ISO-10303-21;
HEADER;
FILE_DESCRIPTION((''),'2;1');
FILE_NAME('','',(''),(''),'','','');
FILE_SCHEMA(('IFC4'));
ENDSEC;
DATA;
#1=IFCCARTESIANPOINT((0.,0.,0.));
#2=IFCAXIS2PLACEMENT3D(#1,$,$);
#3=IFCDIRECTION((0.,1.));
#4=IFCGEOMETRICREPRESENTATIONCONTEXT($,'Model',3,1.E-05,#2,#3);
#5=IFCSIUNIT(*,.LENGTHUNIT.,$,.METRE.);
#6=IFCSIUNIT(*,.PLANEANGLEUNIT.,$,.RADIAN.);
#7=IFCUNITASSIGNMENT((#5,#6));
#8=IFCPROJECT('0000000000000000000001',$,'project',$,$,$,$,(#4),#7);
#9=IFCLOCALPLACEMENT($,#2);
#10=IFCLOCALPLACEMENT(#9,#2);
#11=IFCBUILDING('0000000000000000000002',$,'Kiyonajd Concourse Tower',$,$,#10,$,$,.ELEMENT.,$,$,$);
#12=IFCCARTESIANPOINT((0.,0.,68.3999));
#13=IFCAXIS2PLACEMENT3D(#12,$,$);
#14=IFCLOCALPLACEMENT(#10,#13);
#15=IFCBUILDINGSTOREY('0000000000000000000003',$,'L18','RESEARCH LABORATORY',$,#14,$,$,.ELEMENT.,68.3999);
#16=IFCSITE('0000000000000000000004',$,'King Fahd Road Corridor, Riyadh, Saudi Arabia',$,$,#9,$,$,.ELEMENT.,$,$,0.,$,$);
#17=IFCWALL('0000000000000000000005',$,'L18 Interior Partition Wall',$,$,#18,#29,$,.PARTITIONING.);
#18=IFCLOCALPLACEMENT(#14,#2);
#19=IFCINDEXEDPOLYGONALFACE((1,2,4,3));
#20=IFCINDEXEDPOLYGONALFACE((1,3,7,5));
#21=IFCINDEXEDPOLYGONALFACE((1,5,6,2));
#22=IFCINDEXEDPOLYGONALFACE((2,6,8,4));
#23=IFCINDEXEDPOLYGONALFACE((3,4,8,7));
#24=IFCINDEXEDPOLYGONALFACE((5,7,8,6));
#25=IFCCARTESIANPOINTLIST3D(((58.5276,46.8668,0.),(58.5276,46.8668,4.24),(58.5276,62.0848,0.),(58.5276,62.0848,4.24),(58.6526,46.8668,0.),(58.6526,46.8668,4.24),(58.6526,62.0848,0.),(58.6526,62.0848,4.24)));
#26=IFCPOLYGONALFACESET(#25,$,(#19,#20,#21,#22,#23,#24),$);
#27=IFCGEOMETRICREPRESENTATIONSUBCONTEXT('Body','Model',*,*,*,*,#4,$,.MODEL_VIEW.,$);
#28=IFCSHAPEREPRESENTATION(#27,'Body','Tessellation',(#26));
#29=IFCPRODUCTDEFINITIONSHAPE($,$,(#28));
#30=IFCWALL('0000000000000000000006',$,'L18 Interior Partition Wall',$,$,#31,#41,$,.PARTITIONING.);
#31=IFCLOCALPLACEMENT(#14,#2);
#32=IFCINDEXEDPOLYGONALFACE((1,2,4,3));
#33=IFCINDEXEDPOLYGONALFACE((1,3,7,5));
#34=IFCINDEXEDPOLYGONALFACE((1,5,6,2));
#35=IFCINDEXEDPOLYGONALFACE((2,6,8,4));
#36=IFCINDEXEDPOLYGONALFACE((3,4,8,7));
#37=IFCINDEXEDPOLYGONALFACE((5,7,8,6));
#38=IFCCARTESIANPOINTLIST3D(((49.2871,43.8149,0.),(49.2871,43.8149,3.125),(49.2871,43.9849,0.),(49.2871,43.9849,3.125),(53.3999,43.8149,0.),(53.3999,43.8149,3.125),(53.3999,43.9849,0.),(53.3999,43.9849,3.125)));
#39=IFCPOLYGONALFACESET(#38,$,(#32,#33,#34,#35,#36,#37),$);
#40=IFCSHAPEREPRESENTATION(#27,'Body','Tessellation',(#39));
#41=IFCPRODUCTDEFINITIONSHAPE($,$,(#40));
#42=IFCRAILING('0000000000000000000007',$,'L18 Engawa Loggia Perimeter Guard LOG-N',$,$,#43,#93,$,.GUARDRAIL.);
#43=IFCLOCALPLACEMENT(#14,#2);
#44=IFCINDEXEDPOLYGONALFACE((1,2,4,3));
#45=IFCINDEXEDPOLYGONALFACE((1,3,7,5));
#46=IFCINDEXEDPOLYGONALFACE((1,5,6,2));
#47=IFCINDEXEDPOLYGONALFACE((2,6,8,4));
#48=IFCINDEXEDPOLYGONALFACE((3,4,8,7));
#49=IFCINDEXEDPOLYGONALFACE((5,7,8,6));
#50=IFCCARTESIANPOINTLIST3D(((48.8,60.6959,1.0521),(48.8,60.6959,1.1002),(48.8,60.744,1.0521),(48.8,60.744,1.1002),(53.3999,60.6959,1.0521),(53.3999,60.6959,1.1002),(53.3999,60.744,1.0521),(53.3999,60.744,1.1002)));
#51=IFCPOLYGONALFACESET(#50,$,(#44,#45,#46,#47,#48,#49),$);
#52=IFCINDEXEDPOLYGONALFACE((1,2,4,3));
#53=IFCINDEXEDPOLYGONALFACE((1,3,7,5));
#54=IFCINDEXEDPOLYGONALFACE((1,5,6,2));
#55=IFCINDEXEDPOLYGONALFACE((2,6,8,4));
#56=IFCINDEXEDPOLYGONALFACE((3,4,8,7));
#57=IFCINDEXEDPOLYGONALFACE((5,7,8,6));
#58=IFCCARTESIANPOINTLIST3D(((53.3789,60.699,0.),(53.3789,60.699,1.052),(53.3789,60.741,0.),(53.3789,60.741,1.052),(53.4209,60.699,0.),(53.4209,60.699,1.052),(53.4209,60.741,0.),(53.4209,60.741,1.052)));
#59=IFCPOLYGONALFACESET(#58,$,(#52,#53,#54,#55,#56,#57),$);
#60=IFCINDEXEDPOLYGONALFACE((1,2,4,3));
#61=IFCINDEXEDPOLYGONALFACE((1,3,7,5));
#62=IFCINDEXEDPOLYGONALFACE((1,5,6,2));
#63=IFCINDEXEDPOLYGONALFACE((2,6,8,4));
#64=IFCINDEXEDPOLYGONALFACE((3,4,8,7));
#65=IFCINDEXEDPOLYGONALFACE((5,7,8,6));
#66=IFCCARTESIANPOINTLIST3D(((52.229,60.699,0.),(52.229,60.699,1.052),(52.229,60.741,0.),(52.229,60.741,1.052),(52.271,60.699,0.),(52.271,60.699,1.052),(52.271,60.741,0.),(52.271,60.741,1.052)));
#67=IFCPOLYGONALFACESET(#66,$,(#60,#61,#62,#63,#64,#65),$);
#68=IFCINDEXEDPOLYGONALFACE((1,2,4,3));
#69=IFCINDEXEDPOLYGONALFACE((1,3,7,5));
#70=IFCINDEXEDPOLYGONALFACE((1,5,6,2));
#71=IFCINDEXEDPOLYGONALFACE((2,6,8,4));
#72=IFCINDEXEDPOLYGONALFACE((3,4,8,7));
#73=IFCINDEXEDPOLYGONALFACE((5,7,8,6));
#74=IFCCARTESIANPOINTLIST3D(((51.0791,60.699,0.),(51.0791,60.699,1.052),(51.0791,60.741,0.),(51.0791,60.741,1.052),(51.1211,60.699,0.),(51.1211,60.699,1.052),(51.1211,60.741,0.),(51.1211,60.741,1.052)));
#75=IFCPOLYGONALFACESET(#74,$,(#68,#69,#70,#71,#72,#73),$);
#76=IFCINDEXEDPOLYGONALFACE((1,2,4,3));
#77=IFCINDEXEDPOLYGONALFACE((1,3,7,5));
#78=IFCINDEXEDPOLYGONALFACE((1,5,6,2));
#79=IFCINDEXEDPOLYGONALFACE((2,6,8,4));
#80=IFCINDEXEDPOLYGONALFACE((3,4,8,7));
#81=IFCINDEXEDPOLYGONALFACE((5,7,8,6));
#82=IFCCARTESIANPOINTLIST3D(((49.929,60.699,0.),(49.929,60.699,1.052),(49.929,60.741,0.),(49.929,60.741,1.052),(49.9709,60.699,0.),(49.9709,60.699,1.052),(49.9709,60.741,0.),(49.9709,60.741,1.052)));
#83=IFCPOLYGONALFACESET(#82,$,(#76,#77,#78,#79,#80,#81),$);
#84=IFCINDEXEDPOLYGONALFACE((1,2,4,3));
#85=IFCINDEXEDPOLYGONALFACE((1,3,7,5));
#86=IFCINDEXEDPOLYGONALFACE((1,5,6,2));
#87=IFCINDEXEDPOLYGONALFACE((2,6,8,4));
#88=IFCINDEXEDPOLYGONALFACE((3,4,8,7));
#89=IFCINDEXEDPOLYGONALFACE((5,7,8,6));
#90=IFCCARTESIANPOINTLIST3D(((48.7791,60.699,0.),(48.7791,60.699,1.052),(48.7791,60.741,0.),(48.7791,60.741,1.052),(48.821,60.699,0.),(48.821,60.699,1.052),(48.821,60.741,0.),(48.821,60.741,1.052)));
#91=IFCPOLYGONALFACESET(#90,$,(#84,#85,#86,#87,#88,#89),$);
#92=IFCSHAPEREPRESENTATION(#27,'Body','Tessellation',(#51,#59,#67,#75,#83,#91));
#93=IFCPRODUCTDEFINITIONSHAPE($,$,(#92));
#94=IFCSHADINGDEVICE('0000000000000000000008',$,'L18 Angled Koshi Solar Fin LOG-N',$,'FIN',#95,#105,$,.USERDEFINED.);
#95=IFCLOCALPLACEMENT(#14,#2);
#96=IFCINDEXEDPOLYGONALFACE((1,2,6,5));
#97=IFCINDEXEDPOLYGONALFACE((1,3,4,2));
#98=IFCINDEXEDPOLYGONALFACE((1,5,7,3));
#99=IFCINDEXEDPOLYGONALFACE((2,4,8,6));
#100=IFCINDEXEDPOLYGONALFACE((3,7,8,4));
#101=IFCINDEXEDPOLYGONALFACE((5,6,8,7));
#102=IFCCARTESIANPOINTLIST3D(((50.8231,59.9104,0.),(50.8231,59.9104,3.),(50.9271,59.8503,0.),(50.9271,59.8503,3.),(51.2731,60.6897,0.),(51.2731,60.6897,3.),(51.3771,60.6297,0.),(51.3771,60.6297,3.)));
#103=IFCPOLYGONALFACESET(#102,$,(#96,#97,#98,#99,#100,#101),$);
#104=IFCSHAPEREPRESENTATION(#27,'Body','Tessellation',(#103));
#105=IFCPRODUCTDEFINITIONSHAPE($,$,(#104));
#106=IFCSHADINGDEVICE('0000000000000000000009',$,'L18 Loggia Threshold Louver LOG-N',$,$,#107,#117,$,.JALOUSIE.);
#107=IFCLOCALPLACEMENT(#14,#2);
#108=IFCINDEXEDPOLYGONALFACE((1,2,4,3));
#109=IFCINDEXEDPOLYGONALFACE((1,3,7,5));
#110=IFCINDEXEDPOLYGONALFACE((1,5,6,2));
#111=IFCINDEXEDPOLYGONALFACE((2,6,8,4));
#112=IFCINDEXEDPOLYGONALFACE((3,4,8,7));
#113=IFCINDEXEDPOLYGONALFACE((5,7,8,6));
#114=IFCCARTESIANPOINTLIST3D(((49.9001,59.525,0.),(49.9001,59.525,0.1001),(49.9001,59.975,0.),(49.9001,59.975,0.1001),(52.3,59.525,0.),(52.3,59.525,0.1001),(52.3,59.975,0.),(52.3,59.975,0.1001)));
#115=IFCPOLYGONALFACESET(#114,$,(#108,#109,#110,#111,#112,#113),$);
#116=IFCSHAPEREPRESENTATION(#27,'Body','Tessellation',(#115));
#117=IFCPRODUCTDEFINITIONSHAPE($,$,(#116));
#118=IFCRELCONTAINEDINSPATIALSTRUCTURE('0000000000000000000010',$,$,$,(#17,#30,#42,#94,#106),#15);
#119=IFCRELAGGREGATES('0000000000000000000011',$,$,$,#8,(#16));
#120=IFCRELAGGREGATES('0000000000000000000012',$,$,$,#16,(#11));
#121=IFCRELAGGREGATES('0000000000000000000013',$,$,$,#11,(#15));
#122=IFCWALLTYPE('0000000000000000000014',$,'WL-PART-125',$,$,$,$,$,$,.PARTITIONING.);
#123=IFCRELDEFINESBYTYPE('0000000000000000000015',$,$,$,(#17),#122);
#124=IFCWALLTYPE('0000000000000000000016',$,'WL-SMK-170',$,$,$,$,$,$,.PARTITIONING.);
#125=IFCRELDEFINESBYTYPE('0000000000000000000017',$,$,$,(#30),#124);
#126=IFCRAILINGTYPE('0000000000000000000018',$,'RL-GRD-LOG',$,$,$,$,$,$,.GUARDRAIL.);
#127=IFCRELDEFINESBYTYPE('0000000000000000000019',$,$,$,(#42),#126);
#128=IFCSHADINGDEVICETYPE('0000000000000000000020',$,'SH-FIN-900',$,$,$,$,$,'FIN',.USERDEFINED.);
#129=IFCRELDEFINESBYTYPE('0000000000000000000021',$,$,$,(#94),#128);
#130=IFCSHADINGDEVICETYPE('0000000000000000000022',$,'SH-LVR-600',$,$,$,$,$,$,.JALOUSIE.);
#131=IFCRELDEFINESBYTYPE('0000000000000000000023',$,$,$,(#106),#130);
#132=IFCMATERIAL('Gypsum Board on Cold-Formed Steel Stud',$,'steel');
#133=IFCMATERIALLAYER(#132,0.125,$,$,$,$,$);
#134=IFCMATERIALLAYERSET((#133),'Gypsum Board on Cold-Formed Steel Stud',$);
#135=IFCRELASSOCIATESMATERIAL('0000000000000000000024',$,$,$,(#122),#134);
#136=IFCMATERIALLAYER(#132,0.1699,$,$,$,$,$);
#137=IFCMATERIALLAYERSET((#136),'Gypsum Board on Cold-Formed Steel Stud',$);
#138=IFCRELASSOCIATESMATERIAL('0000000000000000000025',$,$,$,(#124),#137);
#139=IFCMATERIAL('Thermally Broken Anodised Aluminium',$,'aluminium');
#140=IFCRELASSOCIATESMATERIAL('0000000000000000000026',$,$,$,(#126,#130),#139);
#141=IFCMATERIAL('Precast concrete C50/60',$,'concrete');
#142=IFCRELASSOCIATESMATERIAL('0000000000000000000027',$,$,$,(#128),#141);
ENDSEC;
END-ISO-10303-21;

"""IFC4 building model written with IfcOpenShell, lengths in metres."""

from ifc_helpers import new_model, si_unit, direction, frame, frame_2d, origin, origin_2d, place, context, subcontext, project, spatial, rectangle, extrude, material, layer, layer_set, type_object, element, save


model = new_model("IFC4")

# Units and contexts
model_context = context("Model", 3, precision=1e-05, world=origin(), true_north=direction((0.0, 1.0)))
body_context = subcontext(model_context, "Body", "Model", "MODEL_VIEW")
ifc_project = project(units=[si_unit("LENGTHUNIT", "METRE"), si_unit("PLANEANGLEUNIT", "RADIAN")], contexts=[model_context])

# Site, building, storey
site_placement = place(None, origin())
site = spatial("IfcSite", under=ifc_project, at=site_placement, Name="King Fahd Road Corridor, Riyadh, Saudi Arabia", CompositionType="ELEMENT", RefElevation=0.0)
building_placement = place(site_placement, origin())
building = spatial("IfcBuilding", under=site, at=building_placement, Name="Kiyonajd Concourse Tower", CompositionType="ELEMENT")
storey_placement = place(building_placement, frame((0.0, 0.0, 68.3999)))
storey = spatial("IfcBuildingStorey", under=building, at=storey_placement, Name="L18", Description="RESEARCH LABORATORY", CompositionType="ELEMENT", Elevation=68.3999)

# Shared definitions
ifc_material_1 = material(Name="Precast concrete C50/60", Category="concrete")

# Shared definitions
ifc_material_2 = material(Name="Thermally Broken Anodised Aluminium", Category="aluminium")

# Walls
ifc_material_3 = material(Name="Gypsum Board on Cold-Formed Steel Stud", Category="steel")
ifc_layer_1 = layer(ifc_material_3, 0.125)
ifc_layer_set_1 = layer_set([ifc_layer_1], Name="Gypsum Board on Cold-Formed Steel Stud")
wall_type_1 = type_object("IfcWallType", Name="WL-PART-125", PredefinedType="PARTITIONING", material=ifc_layer_set_1)
wall_1_placement = place(storey_placement, frame((58.5901, 46.8669, 0.0), z_axis=(0.0, 0.0, 1.0), x_axis=(0.0, 1.0, 0.0)))
element("IfcWall", 1, at=wall_1_placement, inside=storey, type_object=wall_type_1, Name="L18 Interior Partition Wall", PredefinedType="PARTITIONING", context=body_context, shape_type="SweptSolid", body=[
    extrude(rectangle(XDim=15.218, YDim=0.125, at=frame_2d((7.6089, 0.0))), origin(), (0.0, 0.0, 1.0), 4.24),
])
ifc_layer_2 = layer(ifc_material_3, 0.1699)
ifc_layer_set_2 = layer_set([ifc_layer_2], Name="Gypsum Board on Cold-Formed Steel Stud")
wall_type_2 = type_object("IfcWallType", Name="WL-SMK-170", PredefinedType="PARTITIONING", material=ifc_layer_set_2)
wall_2_placement = place(storey_placement, frame((49.2871, 43.8999, 0.0), z_axis=(0.0, 0.0, 1.0), x_axis=(1.0, 0.0, 0.0)))
element("IfcWall", 2, at=wall_2_placement, inside=storey, type_object=wall_type_2, Name="L18 Interior Partition Wall", PredefinedType="PARTITIONING", context=body_context, shape_type="SweptSolid", body=[
    extrude(rectangle(XDim=4.1128, YDim=0.1699, at=frame_2d((2.0564, 0.0))), origin(), (0.0, 0.0, 1.0), 3.125),
])

# Railing
railing_type = type_object("IfcRailingType", Name="RL-GRD-LOG", PredefinedType="GUARDRAIL", material=ifc_material_2)
railing_placement = place(storey_placement, frame((53.3999, 60.72, 0.0)))
element("IfcRailing", 3, at=railing_placement, inside=storey, type_object=railing_type, Name="L18 Engawa Loggia Perimeter Guard LOG-N", PredefinedType="GUARDRAIL", context=body_context, shape_type="SweptSolid", body=[
    extrude(rectangle(XDim=0.0481, YDim=0.0481, at=origin_2d()), frame((0.0, 0.0, 1.0762), z_axis=(-1.0, 0.0, 0.0), x_axis=(0.0, -1.0, 0.0)), (0.0, 0.0, 1.0), 4.5999),
    extrude(rectangle(XDim=0.042, YDim=0.042, at=origin_2d()), origin(), (0.0, 0.0, 1.0), 1.052),
    extrude(rectangle(XDim=0.042, YDim=0.042, at=origin_2d()), frame((-1.1499, 0.0, 0.0)), (0.0, 0.0, 1.0), 1.052),
    extrude(rectangle(XDim=0.042, YDim=0.042, at=origin_2d()), frame((-2.2998, 0.0, 0.0)), (0.0, 0.0, 1.0), 1.052),
    extrude(rectangle(XDim=0.042, YDim=0.042, at=origin_2d()), frame((-3.45, 0.0, 0.0)), (0.0, 0.0, 1.0), 1.052),
    extrude(rectangle(XDim=0.042, YDim=0.042, at=origin_2d()), frame((-4.5999, 0.0, 0.0)), (0.0, 0.0, 1.0), 1.052),
])

# Shading devices
shading_device_type_1 = type_object("IfcShadingDeviceType", Name="SH-FIN-900", ElementType="FIN", PredefinedType="USERDEFINED", material=ifc_material_1)
shading_device_1_placement = place(storey_placement, frame((51.1001, 60.27, 0.0), z_axis=(0.0, 0.0, 1.0), x_axis=(0.5, 0.866025, 0.0)))
element("IfcShadingDevice", 4, at=shading_device_1_placement, inside=storey, type_object=shading_device_type_1, Name="L18 Angled Koshi Solar Fin LOG-N", ObjectType="FIN", PredefinedType="USERDEFINED", context=body_context, shape_type="SweptSolid", body=[
    extrude(rectangle(XDim=0.8999, YDim=0.1201, at=origin_2d()), origin(), (0.0, 0.0, 1.0), 3.0),
])
shading_device_type_2 = type_object("IfcShadingDeviceType", Name="SH-LVR-600", PredefinedType="JALOUSIE", material=ifc_material_2)
shading_device_2_placement = place(storey_placement, frame((51.1001, 59.75, 0.0), z_axis=(0.0, 0.0, 1.0), x_axis=(1.0, 0.0, 0.0)))
element("IfcShadingDevice", 5, at=shading_device_2_placement, inside=storey, type_object=shading_device_type_2, Name="L18 Loggia Threshold Louver LOG-N", PredefinedType="JALOUSIE", context=body_context, shape_type="SweptSolid", body=[
    extrude(rectangle(XDim=2.3999, YDim=0.45, at=origin_2d()), origin(), (0.0, 0.0, 1.0), 0.1001),
])

save(model, "model.ifc")
